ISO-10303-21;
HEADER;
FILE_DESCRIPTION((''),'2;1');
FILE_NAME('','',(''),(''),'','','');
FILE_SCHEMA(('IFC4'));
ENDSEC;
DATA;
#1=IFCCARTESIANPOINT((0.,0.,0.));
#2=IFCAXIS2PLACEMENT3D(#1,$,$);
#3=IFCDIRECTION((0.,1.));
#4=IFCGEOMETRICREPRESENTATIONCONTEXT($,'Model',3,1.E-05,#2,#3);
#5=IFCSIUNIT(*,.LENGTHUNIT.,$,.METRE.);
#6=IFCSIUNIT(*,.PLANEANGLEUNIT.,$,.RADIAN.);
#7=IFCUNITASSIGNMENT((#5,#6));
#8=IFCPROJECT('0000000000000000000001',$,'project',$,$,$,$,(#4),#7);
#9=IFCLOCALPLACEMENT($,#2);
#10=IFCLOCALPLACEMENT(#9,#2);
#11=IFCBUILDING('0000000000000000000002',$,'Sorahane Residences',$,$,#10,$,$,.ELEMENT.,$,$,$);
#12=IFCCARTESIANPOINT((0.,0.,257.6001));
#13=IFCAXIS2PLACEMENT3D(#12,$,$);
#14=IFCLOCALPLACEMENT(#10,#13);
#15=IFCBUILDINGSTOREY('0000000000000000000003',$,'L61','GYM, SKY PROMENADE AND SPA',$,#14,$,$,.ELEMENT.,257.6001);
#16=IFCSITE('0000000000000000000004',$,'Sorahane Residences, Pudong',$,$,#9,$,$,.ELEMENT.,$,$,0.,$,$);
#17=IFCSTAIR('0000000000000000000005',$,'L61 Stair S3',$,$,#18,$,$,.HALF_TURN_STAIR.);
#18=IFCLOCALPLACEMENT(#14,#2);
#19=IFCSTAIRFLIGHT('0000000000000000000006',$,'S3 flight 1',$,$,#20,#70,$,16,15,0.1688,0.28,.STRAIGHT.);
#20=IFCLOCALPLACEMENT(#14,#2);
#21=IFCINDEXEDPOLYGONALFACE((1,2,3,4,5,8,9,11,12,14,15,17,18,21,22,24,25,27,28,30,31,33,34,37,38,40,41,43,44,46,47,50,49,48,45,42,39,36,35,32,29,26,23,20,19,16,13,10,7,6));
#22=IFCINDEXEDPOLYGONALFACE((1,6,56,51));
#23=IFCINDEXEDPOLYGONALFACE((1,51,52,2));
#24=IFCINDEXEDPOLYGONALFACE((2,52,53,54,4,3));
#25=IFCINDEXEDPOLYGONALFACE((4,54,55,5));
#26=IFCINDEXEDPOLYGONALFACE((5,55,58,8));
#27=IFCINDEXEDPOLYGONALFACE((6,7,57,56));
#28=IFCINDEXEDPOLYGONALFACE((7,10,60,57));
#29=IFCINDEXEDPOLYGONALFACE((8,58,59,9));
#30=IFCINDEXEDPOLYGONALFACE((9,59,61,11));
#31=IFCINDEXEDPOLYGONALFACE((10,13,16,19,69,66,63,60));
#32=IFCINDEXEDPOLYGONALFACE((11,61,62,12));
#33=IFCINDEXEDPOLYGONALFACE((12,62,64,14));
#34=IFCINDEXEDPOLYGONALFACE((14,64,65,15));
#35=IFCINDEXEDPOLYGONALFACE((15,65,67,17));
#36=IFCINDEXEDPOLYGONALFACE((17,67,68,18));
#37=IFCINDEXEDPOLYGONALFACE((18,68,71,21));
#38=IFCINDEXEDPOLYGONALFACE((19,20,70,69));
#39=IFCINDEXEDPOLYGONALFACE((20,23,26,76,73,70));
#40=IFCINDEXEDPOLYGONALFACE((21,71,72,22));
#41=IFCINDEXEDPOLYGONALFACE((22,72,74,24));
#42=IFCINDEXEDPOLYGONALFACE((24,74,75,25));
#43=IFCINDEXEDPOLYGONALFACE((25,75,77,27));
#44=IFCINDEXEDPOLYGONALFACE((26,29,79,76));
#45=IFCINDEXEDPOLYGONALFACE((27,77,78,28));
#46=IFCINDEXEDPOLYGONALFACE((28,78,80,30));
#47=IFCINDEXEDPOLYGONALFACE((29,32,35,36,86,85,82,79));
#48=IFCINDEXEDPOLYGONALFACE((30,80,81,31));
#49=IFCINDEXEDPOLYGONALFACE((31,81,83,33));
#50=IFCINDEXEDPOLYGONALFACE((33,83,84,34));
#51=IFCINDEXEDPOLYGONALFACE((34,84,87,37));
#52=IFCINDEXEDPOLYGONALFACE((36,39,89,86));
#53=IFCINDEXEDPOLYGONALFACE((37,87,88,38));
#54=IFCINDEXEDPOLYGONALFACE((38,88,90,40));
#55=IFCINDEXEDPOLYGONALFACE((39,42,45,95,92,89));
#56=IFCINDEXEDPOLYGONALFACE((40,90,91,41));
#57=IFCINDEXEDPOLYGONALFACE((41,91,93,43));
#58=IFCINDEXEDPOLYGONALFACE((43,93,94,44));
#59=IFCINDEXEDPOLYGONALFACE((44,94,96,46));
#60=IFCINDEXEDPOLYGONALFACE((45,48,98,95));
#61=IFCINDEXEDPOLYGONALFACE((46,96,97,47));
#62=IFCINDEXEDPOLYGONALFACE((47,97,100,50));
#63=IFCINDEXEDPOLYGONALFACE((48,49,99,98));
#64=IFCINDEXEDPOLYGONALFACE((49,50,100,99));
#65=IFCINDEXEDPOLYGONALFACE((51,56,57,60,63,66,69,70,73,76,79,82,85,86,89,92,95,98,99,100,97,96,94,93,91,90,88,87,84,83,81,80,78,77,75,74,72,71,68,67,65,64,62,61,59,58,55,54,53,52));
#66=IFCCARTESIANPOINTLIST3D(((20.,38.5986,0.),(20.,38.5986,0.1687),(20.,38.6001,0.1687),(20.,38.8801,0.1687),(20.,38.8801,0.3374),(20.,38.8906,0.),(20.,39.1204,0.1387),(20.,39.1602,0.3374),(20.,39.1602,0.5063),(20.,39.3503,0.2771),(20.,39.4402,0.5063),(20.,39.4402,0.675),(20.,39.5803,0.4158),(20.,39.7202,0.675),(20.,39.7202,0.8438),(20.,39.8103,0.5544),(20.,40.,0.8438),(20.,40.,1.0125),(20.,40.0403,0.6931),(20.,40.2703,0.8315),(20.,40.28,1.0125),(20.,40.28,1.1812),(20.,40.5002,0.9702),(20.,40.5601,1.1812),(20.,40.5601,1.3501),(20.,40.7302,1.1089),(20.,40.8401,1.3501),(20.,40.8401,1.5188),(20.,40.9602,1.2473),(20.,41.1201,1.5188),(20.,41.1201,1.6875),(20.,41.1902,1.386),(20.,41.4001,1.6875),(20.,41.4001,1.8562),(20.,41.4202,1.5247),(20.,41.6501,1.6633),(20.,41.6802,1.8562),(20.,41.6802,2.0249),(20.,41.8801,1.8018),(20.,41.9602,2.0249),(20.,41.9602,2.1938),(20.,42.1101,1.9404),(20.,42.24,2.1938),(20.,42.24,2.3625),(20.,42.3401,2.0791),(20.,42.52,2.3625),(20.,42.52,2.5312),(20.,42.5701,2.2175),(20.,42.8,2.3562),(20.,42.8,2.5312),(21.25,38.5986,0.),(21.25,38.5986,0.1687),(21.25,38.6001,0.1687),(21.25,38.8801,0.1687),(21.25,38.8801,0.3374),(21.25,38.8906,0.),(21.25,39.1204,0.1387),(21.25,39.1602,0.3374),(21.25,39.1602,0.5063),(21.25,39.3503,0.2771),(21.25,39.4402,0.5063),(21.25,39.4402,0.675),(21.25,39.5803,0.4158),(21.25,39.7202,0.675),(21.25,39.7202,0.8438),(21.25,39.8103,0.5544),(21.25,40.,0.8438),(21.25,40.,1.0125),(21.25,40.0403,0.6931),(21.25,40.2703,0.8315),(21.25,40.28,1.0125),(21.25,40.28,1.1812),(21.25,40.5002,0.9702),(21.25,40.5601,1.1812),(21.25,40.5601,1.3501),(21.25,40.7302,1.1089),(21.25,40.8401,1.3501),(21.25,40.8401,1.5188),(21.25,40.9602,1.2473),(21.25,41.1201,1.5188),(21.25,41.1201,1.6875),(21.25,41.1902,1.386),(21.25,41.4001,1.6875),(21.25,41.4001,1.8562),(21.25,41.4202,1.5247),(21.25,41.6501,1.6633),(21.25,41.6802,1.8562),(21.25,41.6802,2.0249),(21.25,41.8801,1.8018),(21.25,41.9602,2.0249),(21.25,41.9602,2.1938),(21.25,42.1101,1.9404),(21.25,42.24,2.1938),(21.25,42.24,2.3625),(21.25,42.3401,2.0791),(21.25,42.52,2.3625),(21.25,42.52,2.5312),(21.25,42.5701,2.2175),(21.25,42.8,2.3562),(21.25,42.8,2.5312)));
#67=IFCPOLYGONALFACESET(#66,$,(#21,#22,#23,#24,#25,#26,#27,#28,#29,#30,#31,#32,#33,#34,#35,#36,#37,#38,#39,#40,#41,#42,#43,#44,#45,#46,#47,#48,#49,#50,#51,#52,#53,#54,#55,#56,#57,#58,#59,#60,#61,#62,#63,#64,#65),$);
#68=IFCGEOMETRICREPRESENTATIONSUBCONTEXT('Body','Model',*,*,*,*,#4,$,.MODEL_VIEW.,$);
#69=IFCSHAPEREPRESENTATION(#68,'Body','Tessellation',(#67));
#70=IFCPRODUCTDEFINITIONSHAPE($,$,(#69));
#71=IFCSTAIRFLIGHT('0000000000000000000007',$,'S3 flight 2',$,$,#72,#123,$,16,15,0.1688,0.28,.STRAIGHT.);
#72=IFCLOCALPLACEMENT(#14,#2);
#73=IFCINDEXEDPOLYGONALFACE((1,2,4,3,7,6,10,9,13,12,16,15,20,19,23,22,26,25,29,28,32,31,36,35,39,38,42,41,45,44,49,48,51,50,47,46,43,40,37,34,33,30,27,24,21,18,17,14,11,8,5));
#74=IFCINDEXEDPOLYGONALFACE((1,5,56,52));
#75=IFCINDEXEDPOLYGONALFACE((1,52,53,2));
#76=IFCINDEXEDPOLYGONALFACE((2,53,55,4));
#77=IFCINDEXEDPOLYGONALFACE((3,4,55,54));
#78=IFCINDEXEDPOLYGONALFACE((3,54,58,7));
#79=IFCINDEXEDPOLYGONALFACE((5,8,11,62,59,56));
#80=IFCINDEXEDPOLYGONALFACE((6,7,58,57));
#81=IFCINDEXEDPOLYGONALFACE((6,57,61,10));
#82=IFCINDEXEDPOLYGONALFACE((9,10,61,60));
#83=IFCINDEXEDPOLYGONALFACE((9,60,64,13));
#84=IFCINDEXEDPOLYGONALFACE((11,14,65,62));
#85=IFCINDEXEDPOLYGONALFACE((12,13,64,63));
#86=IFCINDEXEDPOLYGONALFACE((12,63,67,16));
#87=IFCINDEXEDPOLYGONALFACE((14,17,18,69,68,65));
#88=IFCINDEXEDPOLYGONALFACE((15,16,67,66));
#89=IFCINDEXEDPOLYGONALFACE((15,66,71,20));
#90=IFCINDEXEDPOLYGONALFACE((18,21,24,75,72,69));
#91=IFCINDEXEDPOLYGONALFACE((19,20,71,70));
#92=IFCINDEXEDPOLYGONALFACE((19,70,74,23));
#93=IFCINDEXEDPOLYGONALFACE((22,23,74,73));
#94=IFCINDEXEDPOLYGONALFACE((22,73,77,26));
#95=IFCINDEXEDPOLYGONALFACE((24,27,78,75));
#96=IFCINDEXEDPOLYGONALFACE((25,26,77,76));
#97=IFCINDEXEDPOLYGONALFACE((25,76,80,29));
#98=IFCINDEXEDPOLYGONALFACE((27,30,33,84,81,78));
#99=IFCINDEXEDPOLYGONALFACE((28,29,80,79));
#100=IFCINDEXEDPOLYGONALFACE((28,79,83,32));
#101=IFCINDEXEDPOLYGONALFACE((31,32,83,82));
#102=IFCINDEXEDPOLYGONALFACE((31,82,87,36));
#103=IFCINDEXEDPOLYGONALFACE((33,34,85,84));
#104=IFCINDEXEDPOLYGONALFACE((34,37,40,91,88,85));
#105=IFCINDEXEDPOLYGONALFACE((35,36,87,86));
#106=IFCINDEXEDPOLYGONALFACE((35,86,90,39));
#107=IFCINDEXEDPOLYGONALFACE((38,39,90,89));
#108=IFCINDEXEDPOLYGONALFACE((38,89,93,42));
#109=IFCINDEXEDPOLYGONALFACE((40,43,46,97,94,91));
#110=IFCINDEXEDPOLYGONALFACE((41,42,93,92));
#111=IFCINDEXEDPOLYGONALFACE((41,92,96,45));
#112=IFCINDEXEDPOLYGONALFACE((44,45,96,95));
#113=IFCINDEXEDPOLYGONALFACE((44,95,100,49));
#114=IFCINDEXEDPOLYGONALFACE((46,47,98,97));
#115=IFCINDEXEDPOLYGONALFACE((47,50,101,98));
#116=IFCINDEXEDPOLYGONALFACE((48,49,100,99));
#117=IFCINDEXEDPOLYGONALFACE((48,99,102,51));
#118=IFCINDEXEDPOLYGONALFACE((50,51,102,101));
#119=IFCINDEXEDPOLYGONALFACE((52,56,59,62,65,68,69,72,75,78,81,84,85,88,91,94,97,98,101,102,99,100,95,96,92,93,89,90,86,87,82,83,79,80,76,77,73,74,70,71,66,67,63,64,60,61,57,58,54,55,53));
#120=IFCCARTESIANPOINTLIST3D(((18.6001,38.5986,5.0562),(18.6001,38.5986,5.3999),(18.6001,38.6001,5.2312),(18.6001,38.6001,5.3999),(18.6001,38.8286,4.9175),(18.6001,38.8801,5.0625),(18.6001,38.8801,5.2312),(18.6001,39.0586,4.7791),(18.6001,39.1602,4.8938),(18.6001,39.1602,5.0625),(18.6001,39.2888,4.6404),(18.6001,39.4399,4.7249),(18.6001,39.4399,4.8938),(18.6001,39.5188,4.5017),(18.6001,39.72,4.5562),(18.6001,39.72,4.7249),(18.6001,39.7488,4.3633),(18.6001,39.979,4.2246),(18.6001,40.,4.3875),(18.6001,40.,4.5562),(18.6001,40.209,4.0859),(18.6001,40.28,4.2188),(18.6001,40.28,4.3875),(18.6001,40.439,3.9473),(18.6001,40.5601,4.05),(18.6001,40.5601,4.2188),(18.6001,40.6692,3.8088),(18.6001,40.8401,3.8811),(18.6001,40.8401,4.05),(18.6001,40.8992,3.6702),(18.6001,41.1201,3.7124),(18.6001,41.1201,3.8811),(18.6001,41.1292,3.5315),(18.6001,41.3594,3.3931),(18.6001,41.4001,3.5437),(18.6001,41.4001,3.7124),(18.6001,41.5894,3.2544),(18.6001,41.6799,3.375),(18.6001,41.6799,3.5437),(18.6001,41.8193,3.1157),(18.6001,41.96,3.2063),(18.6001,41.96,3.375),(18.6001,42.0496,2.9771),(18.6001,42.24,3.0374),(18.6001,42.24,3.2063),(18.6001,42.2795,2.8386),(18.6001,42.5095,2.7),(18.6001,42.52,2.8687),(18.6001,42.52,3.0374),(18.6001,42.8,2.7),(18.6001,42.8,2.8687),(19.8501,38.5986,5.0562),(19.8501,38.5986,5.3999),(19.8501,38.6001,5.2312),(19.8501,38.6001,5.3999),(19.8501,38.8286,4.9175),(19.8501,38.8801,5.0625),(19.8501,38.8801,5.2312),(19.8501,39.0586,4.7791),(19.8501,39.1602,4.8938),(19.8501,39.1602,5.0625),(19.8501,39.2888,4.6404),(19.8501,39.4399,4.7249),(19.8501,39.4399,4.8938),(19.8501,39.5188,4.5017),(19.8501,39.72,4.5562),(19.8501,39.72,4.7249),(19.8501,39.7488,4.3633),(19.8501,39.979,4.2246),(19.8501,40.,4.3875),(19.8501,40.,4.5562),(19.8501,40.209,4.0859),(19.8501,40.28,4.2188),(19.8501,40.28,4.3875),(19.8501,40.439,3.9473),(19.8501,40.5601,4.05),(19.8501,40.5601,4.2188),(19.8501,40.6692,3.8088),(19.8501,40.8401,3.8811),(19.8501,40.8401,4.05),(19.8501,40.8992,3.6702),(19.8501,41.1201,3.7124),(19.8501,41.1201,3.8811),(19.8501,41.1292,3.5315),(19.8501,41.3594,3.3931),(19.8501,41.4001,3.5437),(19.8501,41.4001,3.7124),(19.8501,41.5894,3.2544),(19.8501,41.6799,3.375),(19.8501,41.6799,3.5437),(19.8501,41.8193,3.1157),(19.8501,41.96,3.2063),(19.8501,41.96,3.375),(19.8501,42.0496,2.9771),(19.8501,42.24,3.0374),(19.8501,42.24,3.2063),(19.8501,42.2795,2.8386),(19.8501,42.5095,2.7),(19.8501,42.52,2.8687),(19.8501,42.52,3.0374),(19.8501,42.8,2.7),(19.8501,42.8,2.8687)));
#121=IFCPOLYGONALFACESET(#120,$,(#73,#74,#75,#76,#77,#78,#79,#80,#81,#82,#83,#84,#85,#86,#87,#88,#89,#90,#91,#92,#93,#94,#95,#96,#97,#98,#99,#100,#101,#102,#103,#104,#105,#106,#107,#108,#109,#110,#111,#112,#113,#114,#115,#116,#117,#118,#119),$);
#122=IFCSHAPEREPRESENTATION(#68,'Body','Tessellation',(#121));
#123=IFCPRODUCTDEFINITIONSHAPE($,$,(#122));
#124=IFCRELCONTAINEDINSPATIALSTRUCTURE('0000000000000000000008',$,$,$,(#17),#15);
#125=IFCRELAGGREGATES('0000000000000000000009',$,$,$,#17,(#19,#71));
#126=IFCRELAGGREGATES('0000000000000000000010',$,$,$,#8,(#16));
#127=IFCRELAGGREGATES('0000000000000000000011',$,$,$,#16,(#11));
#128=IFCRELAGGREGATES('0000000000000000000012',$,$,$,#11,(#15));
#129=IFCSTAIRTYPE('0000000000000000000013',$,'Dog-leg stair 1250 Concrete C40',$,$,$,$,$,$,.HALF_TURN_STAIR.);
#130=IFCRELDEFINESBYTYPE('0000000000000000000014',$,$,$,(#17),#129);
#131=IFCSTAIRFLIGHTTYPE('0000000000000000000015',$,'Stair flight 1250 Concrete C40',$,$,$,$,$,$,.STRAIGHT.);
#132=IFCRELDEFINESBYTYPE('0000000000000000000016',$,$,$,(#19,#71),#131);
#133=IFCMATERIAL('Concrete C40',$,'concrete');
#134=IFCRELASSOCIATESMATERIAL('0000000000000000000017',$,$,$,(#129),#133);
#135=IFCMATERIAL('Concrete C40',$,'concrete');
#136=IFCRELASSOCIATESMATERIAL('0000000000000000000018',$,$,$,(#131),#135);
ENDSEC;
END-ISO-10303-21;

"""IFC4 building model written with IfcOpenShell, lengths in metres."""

from ifc_helpers import new_model, si_unit, direction, frame, origin, place, context, subcontext, project, spatial, polyline, outline, extrude, material, type_object, element, aggregate, save


model = new_model("IFC4")

# Units and contexts
model_context = context("Model", 3, precision=1e-05, world=origin(), true_north=direction((0.0, 1.0)))
body_context = subcontext(model_context, "Body", "Model", "MODEL_VIEW")
ifc_project = project(units=[si_unit("LENGTHUNIT", "METRE"), si_unit("PLANEANGLEUNIT", "RADIAN")], contexts=[model_context])

# Site, building, storey
site_placement = place(None, origin())
site = spatial("IfcSite", under=ifc_project, at=site_placement, Name="Sorahane Residences, Pudong", CompositionType="ELEMENT", RefElevation=0.0)
building_placement = place(site_placement, origin())
building = spatial("IfcBuilding", under=site, at=building_placement, Name="Sorahane Residences", CompositionType="ELEMENT")
storey_placement = place(building_placement, frame((0.0, 0.0, 257.6001)))
storey = spatial("IfcBuildingStorey", under=building, at=storey_placement, Name="L61", Description="GYM, SKY PROMENADE AND SPA", CompositionType="ELEMENT", Elevation=257.6001)

# Stair, stair flights
ifc_material_1 = material(Name="Concrete C40", Category="concrete")
stair_type = type_object("IfcStairType", Name="Dog-leg stair 1250 Concrete C40", PredefinedType="HALF_TURN_STAIR", material=ifc_material_1)
stair_placement = place(storey_placement, origin())
stair = element("IfcStair", 1, at=stair_placement, inside=storey, type_object=stair_type, Name="L61 Stair S3", PredefinedType="HALF_TURN_STAIR")
ifc_material_2 = material(Name="Concrete C40", Category="concrete")
stair_flight_type = type_object("IfcStairFlightType", Name="Stair flight 1250 Concrete C40", PredefinedType="STRAIGHT", material=ifc_material_2)
stair_flight_1_placement = place(storey_placement, frame((20.625, 38.6001, 0.0), z_axis=(0.0, 0.0, 1.0), x_axis=(0.0, 1.0, 0.0)))
stair_flight_1 = element("IfcStairFlight", 2, at=stair_flight_1_placement, type_object=stair_flight_type, Name="S3 flight 1", NumberOfRisers=16, NumberOfTreads=15, PredefinedType="STRAIGHT", RiserHeight=0.1688, TreadLength=0.28, context=body_context, shape_type="SweptSolid", body=[
    extrude(outline(polyline([(-0.0015, 0.0), (-0.0015, 0.1687), (0.0, 0.1687), (0.28, 0.1687), (0.28, 0.3374), (0.5601, 0.3374), (0.5601, 0.5063), (0.8401, 0.5063), (0.8401, 0.675), (1.1201, 0.675), (1.1201, 0.8438), (1.3999, 0.8438), (1.3999, 1.0125), (1.6799, 1.0125), (1.6799, 1.1812), (1.96, 1.1812), (1.96, 1.3501), (2.24, 1.3501), (2.24, 1.5188), (2.52, 1.5188), (2.52, 1.6875), (2.8, 1.6875), (2.8, 1.8562), (3.0801, 1.8562), (3.0801, 2.0249), (3.3601, 2.0249), (3.3601, 2.1938), (3.6399, 2.1938), (3.6399, 2.3625), (3.9199, 2.3625), (3.9199, 2.5312), (4.2, 2.5312), (4.2, 2.7), (4.2, 2.3562), (3.97, 2.2175), (3.74, 2.0791), (3.51, 1.9404), (3.28, 1.8018), (3.05, 1.6633), (2.8201, 1.5247), (2.5901, 1.386), (2.3601, 1.2473), (2.1301, 1.1089), (1.9001, 0.9702), (1.6702, 0.8315), (1.4402, 0.6931), (1.2102, 0.5544), (0.9802, 0.4158), (0.7502, 0.2771), (0.5203, 0.1387), (0.2905, 0.0), (-0.0015, 0.0)])), frame((0.0, 0.625, 0.0), z_axis=(0.0, -1.0, 0.0), x_axis=(1.0, 0.0, 0.0)), (0.0, 0.0, 1.0), 1.25),
])
stair_flight_2_placement = place(storey_placement, frame((19.2251, 42.8, 2.7), z_axis=(0.0, 0.0, 1.0), x_axis=(0.0, -1.0, 0.0)))
stair_flight_2 = element("IfcStairFlight", 3, at=stair_flight_2_placement, type_object=stair_flight_type, Name="S3 flight 2", NumberOfRisers=16, NumberOfTreads=15, PredefinedType="STRAIGHT", RiserHeight=0.1688, TreadLength=0.28, context=body_context, shape_type="SweptSolid", body=[
    extrude(outline(polyline([(0.0, 0.0), (0.0, 0.1687), (0.28, 0.1687), (0.28, 0.3374), (0.5601, 0.3374), (0.5601, 0.5063), (0.8401, 0.5063), (0.8401, 0.675), (1.1201, 0.675), (1.1201, 0.8438), (1.3999, 0.8438), (1.3999, 1.0125), (1.6799, 1.0125), (1.6799, 1.1812), (1.96, 1.1812), (1.96, 1.3501), (2.24, 1.3501), (2.24, 1.5188), (2.52, 1.5188), (2.52, 1.6875), (2.8, 1.6875), (2.8, 1.8562), (3.0801, 1.8562), (3.0801, 2.0249), (3.3601, 2.0249), (3.3601, 2.1938), (3.6399, 2.1938), (3.6399, 2.3625), (3.9199, 2.3625), (3.9199, 2.5312), (4.2, 2.5312), (4.2, 2.7), (4.2014, 2.7), (4.2014, 2.3562), (3.9714, 2.2175), (3.7415, 2.0791), (3.5112, 1.9404), (3.2812, 1.8018), (3.0513, 1.6633), (2.821, 1.5247), (2.5911, 1.386), (2.3611, 1.2473), (2.1309, 1.1089), (1.9009, 0.9702), (1.6709, 0.8315), (1.4407, 0.6931), (1.2107, 0.5544), (0.9807, 0.4158), (0.7505, 0.2771), (0.5205, 0.1387), (0.2905, 0.0), (0.0, 0.0)])), frame((0.0, 0.625, 0.0), z_axis=(0.0, -1.0, 0.0), x_axis=(1.0, 0.0, 0.0)), (0.0, 0.0, 1.0), 1.25),
])
aggregate(stair, [stair_flight_1, stair_flight_2])

save(model, "model.ifc")
